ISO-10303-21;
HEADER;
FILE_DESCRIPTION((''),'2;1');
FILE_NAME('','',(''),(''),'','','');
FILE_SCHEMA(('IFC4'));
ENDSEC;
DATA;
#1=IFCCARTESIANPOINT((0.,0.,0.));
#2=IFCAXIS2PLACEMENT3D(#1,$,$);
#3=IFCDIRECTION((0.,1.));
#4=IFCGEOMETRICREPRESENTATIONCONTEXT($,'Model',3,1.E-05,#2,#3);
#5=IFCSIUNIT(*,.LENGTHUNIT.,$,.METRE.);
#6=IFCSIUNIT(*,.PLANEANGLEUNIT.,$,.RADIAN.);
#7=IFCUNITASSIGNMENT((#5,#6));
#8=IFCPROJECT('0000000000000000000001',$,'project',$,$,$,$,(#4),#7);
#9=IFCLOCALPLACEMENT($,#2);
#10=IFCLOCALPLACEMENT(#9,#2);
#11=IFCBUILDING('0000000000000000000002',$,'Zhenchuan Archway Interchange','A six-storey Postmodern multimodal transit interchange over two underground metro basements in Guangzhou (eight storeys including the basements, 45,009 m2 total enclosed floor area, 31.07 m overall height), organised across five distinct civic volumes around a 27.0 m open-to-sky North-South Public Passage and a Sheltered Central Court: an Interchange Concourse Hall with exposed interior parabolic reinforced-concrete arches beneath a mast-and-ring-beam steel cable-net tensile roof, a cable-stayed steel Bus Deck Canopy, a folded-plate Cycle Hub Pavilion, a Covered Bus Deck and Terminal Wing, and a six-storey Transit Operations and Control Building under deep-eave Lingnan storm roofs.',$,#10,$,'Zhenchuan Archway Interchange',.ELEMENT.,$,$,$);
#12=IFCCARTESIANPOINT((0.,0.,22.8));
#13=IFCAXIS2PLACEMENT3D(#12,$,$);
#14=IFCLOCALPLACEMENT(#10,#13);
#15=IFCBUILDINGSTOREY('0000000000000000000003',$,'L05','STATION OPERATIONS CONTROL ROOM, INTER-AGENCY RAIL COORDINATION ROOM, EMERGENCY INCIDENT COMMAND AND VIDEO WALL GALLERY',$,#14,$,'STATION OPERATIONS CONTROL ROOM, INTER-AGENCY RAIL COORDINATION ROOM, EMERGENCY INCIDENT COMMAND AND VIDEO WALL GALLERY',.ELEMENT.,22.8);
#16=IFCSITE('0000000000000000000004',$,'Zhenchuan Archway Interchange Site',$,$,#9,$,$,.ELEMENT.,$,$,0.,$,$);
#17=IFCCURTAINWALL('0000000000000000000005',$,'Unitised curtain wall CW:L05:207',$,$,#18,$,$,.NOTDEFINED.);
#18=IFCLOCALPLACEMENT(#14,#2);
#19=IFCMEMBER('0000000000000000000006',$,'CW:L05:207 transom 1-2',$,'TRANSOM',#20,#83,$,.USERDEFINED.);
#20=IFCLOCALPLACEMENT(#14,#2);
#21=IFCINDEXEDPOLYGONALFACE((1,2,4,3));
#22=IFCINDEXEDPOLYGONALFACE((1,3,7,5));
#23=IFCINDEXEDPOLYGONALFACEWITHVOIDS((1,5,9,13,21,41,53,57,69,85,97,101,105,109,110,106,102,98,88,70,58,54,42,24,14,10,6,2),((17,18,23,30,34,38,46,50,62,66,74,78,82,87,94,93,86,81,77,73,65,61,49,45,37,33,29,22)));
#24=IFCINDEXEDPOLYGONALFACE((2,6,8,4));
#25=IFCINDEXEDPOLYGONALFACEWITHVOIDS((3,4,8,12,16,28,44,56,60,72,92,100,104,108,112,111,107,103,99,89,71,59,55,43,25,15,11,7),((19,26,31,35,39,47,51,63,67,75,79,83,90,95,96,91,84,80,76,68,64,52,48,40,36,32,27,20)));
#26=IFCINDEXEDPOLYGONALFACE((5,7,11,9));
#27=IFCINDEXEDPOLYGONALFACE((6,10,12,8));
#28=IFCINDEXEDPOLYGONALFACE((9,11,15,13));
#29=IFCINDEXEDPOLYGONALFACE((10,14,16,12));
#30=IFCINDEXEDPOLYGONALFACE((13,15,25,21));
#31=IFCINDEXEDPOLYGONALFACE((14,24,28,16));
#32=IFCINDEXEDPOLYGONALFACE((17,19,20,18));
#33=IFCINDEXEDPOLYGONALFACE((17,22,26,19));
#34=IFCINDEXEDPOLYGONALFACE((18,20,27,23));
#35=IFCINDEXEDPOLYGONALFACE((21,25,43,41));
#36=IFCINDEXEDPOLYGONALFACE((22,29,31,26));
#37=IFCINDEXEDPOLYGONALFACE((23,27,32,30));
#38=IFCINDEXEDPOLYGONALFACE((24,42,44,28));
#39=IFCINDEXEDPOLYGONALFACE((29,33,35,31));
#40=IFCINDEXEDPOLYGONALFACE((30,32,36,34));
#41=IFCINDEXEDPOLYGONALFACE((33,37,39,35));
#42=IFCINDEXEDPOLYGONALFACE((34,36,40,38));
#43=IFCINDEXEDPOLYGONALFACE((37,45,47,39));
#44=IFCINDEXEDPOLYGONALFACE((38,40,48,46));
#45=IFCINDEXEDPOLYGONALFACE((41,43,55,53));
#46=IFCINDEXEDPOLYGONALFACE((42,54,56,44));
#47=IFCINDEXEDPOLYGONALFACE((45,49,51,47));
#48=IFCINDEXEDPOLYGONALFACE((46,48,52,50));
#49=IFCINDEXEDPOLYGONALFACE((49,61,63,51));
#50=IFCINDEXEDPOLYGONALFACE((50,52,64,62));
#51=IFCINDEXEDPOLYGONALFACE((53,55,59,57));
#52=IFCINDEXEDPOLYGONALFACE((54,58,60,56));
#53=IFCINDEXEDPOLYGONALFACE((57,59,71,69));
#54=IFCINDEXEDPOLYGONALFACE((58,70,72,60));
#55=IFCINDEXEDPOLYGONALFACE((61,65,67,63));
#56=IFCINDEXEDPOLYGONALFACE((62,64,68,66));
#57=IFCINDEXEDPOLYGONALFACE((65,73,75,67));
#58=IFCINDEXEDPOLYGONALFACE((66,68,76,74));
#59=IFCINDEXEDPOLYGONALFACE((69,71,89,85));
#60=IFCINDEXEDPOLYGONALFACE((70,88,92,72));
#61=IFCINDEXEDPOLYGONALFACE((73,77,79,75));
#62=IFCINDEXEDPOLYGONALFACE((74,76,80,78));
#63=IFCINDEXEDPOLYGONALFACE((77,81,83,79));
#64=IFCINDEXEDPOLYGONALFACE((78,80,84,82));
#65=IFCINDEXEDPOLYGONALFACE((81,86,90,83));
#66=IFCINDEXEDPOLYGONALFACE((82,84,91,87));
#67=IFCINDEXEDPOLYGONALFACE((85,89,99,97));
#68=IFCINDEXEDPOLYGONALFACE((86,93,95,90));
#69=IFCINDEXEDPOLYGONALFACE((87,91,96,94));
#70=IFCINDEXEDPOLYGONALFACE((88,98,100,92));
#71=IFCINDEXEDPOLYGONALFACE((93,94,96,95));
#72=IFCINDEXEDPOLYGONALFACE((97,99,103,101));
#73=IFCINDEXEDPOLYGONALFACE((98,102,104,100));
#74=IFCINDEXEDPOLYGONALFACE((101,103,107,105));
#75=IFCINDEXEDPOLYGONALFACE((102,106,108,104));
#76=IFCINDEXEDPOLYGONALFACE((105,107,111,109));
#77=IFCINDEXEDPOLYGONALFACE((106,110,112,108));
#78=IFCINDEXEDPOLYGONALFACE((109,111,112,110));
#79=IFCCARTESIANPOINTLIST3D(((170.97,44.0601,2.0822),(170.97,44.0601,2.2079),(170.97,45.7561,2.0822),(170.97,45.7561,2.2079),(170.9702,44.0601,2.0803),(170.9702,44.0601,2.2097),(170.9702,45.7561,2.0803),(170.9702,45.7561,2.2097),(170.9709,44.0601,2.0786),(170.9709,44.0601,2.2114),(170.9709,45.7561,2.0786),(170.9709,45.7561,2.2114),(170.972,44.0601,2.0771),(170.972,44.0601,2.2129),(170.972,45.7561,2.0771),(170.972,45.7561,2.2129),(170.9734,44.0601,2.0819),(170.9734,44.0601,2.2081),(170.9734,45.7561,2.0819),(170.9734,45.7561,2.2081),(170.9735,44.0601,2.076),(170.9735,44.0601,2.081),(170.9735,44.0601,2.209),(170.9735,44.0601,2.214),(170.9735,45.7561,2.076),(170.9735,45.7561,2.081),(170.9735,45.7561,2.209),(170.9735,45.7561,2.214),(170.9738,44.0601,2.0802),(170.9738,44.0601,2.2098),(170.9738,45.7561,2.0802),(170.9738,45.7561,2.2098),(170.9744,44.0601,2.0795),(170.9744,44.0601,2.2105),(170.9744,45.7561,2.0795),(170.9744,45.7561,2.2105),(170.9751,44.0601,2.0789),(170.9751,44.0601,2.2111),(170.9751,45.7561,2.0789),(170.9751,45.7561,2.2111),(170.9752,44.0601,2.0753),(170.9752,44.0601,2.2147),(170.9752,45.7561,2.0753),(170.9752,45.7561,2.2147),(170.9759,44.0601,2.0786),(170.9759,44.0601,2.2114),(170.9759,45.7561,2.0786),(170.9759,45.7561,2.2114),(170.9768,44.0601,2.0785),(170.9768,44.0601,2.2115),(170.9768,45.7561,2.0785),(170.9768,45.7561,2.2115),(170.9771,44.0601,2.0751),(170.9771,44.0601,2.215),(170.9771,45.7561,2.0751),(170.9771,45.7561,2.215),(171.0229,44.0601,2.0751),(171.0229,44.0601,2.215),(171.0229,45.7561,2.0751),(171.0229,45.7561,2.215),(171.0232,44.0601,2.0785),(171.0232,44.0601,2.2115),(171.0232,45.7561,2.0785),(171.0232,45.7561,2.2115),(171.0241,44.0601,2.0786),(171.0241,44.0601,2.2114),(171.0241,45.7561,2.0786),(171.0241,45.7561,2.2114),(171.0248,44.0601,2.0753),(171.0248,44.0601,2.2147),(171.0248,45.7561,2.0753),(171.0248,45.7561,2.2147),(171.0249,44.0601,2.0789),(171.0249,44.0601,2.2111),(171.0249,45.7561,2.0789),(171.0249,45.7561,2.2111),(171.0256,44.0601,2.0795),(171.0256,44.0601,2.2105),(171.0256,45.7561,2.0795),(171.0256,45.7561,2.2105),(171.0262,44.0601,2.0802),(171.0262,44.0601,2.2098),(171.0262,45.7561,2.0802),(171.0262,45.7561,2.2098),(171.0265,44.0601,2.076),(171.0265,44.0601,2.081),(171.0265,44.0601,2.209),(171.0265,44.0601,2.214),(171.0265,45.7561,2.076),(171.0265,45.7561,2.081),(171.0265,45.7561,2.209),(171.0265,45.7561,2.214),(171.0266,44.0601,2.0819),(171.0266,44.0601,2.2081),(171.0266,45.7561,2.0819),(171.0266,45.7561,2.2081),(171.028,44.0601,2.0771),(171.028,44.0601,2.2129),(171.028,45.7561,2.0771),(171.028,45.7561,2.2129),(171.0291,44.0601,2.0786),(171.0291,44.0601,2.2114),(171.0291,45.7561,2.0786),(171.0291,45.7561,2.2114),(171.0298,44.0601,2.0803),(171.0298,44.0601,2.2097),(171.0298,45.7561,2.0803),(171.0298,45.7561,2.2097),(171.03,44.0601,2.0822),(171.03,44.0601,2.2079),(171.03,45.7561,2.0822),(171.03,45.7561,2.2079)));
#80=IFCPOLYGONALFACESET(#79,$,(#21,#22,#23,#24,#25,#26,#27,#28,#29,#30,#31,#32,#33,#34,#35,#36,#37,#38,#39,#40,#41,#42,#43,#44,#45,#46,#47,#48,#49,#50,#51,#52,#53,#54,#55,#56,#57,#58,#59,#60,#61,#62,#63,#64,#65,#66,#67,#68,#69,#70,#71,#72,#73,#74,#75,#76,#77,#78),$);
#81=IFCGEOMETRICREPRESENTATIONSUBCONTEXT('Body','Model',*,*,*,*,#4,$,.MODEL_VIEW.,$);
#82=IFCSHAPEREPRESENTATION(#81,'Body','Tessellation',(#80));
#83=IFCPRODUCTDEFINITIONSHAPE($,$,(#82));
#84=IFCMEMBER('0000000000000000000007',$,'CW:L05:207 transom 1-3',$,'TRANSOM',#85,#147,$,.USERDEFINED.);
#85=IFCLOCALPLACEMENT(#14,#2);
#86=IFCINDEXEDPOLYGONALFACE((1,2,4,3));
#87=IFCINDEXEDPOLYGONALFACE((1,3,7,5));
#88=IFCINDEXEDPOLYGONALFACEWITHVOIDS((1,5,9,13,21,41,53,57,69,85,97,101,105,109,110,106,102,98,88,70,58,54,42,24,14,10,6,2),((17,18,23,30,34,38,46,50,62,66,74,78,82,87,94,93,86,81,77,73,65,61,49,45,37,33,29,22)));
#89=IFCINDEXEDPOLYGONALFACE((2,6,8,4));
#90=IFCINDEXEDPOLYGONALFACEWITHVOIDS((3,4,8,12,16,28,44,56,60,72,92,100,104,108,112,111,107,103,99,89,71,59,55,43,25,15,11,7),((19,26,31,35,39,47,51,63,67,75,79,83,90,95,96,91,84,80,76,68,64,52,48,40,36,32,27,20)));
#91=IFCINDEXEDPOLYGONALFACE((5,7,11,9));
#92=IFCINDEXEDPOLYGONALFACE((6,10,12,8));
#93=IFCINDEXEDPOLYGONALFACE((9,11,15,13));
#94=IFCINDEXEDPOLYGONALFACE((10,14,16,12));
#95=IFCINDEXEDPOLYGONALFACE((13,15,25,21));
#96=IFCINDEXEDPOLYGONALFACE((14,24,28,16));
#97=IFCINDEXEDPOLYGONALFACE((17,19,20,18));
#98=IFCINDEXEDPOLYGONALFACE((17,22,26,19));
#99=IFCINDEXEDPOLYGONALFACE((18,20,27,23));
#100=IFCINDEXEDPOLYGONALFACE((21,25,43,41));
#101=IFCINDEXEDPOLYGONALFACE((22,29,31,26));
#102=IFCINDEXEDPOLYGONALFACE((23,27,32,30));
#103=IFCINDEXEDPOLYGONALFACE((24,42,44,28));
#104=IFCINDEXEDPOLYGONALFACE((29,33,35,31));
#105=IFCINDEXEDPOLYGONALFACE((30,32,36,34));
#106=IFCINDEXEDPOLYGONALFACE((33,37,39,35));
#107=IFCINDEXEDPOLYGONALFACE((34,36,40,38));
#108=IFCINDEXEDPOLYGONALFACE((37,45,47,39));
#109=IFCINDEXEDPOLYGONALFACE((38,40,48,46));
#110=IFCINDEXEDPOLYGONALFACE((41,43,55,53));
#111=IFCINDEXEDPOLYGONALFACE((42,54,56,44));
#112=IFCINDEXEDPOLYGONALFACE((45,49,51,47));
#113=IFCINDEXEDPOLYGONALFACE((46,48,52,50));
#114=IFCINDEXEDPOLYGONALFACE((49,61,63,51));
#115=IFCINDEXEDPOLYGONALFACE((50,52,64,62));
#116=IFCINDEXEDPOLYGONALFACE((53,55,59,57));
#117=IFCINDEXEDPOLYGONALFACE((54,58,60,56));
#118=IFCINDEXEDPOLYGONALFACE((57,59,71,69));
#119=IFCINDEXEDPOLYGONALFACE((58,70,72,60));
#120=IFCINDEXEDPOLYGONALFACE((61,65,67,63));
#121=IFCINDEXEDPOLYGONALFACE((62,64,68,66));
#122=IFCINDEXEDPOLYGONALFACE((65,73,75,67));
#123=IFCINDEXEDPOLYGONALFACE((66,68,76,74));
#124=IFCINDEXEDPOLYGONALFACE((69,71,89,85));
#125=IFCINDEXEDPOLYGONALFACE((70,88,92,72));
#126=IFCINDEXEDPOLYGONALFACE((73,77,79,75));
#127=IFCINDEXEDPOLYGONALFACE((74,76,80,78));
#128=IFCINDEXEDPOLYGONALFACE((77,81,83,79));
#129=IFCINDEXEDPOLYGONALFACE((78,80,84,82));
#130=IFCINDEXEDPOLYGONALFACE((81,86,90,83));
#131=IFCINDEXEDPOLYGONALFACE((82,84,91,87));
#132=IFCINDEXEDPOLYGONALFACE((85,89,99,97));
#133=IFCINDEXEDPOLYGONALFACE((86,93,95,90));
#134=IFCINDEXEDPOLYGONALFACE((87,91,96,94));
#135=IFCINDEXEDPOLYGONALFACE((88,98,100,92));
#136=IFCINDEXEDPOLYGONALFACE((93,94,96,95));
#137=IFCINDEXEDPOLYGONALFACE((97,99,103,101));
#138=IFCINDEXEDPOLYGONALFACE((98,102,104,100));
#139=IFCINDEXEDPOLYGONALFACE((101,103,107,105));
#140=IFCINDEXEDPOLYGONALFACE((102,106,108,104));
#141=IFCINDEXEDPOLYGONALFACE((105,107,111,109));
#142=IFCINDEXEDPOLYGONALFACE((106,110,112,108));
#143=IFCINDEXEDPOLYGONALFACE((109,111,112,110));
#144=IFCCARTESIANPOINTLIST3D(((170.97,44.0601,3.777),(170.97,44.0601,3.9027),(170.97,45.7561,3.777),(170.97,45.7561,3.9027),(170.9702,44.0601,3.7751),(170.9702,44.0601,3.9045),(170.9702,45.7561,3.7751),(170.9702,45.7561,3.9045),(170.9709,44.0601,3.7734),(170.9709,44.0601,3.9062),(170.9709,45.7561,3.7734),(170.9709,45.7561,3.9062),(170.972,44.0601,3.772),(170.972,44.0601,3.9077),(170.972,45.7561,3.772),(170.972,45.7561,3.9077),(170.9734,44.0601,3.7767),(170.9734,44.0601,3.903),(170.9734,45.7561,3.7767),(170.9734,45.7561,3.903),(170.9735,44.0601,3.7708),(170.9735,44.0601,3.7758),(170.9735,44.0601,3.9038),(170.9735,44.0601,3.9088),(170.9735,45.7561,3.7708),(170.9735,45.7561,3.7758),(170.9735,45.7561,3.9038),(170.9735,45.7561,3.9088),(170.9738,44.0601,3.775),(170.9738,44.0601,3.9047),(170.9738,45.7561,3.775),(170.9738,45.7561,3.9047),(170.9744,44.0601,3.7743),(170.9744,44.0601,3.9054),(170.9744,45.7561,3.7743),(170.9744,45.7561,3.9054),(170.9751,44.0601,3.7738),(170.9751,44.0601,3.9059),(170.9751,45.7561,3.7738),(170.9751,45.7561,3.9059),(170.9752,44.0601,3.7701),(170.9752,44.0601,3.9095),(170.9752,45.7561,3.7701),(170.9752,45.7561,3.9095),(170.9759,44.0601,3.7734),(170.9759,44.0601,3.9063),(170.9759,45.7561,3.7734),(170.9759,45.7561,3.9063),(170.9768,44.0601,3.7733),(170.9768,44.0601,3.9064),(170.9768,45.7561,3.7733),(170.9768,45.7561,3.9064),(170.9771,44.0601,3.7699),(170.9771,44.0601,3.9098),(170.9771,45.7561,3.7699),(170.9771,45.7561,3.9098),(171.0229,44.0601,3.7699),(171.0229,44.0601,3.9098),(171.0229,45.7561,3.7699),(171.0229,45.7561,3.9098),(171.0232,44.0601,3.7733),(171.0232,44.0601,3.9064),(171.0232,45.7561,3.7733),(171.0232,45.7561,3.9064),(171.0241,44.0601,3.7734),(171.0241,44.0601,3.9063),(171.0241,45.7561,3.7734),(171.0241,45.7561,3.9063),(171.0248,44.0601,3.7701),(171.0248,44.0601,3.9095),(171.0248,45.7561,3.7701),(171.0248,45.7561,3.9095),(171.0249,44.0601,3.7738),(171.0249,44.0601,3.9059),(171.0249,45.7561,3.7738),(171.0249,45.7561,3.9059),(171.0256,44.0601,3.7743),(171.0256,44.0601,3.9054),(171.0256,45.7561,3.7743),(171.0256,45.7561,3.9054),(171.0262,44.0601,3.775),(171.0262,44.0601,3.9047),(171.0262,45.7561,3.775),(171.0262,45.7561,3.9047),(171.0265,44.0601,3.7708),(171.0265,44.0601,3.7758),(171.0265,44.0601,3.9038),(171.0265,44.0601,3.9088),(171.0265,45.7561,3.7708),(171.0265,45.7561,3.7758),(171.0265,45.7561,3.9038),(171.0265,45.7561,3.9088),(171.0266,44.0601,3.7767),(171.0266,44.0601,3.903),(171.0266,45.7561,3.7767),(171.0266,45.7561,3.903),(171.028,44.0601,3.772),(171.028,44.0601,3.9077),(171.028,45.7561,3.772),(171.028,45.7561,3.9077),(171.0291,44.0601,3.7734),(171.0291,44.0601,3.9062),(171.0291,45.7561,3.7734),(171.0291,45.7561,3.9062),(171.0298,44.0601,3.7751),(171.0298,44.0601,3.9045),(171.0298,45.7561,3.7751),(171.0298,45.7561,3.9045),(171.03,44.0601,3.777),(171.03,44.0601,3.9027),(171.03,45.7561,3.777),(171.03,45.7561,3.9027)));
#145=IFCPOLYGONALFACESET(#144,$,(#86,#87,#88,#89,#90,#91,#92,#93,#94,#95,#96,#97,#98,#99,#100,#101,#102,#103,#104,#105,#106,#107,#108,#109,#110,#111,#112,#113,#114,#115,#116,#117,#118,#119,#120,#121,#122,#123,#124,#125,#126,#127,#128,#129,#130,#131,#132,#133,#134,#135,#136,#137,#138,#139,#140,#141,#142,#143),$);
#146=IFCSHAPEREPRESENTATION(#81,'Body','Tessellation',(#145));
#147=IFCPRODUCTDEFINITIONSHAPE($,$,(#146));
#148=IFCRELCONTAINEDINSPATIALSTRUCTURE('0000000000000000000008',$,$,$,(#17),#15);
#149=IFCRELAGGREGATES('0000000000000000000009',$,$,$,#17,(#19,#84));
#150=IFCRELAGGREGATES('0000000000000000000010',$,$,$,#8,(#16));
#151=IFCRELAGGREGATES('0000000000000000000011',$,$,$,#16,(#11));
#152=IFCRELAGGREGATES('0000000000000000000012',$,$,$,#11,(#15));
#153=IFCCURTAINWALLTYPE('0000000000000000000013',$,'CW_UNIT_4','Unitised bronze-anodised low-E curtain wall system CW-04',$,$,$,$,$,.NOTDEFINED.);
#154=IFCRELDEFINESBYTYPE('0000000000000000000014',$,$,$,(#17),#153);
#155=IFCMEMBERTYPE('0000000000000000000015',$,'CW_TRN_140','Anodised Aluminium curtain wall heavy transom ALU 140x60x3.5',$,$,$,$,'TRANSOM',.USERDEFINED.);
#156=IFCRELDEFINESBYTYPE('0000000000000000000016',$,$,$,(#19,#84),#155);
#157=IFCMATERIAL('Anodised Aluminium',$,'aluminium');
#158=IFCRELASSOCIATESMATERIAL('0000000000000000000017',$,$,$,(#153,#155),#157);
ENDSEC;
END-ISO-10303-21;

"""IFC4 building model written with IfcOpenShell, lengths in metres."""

from ifc_helpers import new_model, si_unit, direction, frame, origin, origin_2d, place, context, subcontext, project, spatial, hollow_rectangle, extrude, material, material_profile, profile_set, type_object, element, aggregate, save


model = new_model("IFC4")

# Units and contexts
model_context = context("Model", 3, precision=1e-05, world=origin(), true_north=direction((0.0, 1.0)))
body_context = subcontext(model_context, "Body", "Model", "MODEL_VIEW")
ifc_project = project(units=[si_unit("LENGTHUNIT", "METRE"), si_unit("PLANEANGLEUNIT", "RADIAN")], contexts=[model_context])

# Site, building, storey
site_placement = place(None, origin())
site = spatial("IfcSite", under=ifc_project, at=site_placement, Name="Zhenchuan Archway Interchange Site", CompositionType="ELEMENT", RefElevation=0.0)
building_placement = place(site_placement, origin())
building = spatial("IfcBuilding", under=site, at=building_placement, Name="Zhenchuan Archway Interchange", Description="A six-storey Postmodern multimodal transit interchange over two underground metro basements in Guangzhou (eight storeys including the basements, 45,009 m2 total enclosed floor area, 31.07 m overall height), organised across five distinct civic volumes around a 27.0 m open-to-sky North-South Public Passage and a Sheltered Central Court: an Interchange Concourse Hall with exposed interior parabolic reinforced-concrete arches beneath a mast-and-ring-beam steel cable-net tensile roof, a cable-stayed steel Bus Deck Canopy, a folded-plate Cycle Hub Pavilion, a Covered Bus Deck and Terminal Wing, and a six-storey Transit Operations and Control Building under deep-eave Lingnan storm roofs.", LongName="Zhenchuan Archway Interchange", CompositionType="ELEMENT")
storey_placement = place(building_placement, frame((0.0, 0.0, 22.8)))
storey = spatial("IfcBuildingStorey", under=building, at=storey_placement, Name="L05", Description="STATION OPERATIONS CONTROL ROOM, INTER-AGENCY RAIL COORDINATION ROOM, EMERGENCY INCIDENT COMMAND AND VIDEO WALL GALLERY", LongName="STATION OPERATIONS CONTROL ROOM, INTER-AGENCY RAIL COORDINATION ROOM, EMERGENCY INCIDENT COMMAND AND VIDEO WALL GALLERY", CompositionType="ELEMENT", Elevation=22.8)

# Curtain wall, members
ifc_material_1 = material(Name="Anodised Aluminium", Category="aluminium")
curtain_wall_type = type_object("IfcCurtainWallType", Name="CW_UNIT_4", Description="Unitised bronze-anodised low-E curtain wall system CW-04", PredefinedType="NOTDEFINED", material=ifc_material_1)
curtain_wall_placement = place(storey_placement, origin())
curtain_wall = element("IfcCurtainWall", 1, at=curtain_wall_placement, inside=storey, type_object=curtain_wall_type, Name="Unitised curtain wall CW:L05:207", PredefinedType="NOTDEFINED")
ifc_material_profile_1 = material_profile(ifc_material_1, hollow_rectangle(XDim=0.0601, YDim=0.1399, WallThickness=0.0034, InnerFilletRadius=0.0034, OuterFilletRadius=0.0071, at=origin_2d()), Name="ALU 140x60x3.5")
ifc_profile_set_1 = profile_set([ifc_material_profile_1], Name="Anodised Aluminium")
member_type_1 = type_object("IfcMemberType", Name="CW_TRN_140", Description="Anodised Aluminium curtain wall heavy transom ALU 140x60x3.5", ElementType="TRANSOM", PredefinedType="USERDEFINED", material=ifc_profile_set_1)
member_1_placement = place(storey_placement, frame((171.0, 45.7561, 2.145), z_axis=(0.0, -1.0, 0.0), x_axis=(1.0, 0.0, 0.0)))
member_1 = element("IfcMember", 2, at=member_1_placement, type_object=member_type_1, Name="CW:L05:207 transom 1-2", ObjectType="TRANSOM", PredefinedType="USERDEFINED", context=body_context, shape_type="SweptSolid", body=[
    extrude(hollow_rectangle(XDim=0.0601, YDim=0.1399, WallThickness=0.0034, InnerFilletRadius=0.0034, OuterFilletRadius=0.0071, at=origin_2d()), origin(), (0.0, 0.0, 1.0), 1.696),
])
member_2_placement = place(storey_placement, frame((171.0, 45.7561, 3.8398), z_axis=(0.0, -1.0, 0.0), x_axis=(1.0, 0.0, 0.0)))
member_2 = element("IfcMember", 3, at=member_2_placement, type_object=member_type_1, Name="CW:L05:207 transom 1-3", ObjectType="TRANSOM", PredefinedType="USERDEFINED", context=body_context, shape_type="SweptSolid", body=[
    extrude(hollow_rectangle(XDim=0.0601, YDim=0.1399, WallThickness=0.0034, InnerFilletRadius=0.0034, OuterFilletRadius=0.0071, at=origin_2d()), origin(), (0.0, 0.0, 1.0), 1.696),
])

aggregate(curtain_wall, [member_1, member_2])

save(model, "model.ifc")
